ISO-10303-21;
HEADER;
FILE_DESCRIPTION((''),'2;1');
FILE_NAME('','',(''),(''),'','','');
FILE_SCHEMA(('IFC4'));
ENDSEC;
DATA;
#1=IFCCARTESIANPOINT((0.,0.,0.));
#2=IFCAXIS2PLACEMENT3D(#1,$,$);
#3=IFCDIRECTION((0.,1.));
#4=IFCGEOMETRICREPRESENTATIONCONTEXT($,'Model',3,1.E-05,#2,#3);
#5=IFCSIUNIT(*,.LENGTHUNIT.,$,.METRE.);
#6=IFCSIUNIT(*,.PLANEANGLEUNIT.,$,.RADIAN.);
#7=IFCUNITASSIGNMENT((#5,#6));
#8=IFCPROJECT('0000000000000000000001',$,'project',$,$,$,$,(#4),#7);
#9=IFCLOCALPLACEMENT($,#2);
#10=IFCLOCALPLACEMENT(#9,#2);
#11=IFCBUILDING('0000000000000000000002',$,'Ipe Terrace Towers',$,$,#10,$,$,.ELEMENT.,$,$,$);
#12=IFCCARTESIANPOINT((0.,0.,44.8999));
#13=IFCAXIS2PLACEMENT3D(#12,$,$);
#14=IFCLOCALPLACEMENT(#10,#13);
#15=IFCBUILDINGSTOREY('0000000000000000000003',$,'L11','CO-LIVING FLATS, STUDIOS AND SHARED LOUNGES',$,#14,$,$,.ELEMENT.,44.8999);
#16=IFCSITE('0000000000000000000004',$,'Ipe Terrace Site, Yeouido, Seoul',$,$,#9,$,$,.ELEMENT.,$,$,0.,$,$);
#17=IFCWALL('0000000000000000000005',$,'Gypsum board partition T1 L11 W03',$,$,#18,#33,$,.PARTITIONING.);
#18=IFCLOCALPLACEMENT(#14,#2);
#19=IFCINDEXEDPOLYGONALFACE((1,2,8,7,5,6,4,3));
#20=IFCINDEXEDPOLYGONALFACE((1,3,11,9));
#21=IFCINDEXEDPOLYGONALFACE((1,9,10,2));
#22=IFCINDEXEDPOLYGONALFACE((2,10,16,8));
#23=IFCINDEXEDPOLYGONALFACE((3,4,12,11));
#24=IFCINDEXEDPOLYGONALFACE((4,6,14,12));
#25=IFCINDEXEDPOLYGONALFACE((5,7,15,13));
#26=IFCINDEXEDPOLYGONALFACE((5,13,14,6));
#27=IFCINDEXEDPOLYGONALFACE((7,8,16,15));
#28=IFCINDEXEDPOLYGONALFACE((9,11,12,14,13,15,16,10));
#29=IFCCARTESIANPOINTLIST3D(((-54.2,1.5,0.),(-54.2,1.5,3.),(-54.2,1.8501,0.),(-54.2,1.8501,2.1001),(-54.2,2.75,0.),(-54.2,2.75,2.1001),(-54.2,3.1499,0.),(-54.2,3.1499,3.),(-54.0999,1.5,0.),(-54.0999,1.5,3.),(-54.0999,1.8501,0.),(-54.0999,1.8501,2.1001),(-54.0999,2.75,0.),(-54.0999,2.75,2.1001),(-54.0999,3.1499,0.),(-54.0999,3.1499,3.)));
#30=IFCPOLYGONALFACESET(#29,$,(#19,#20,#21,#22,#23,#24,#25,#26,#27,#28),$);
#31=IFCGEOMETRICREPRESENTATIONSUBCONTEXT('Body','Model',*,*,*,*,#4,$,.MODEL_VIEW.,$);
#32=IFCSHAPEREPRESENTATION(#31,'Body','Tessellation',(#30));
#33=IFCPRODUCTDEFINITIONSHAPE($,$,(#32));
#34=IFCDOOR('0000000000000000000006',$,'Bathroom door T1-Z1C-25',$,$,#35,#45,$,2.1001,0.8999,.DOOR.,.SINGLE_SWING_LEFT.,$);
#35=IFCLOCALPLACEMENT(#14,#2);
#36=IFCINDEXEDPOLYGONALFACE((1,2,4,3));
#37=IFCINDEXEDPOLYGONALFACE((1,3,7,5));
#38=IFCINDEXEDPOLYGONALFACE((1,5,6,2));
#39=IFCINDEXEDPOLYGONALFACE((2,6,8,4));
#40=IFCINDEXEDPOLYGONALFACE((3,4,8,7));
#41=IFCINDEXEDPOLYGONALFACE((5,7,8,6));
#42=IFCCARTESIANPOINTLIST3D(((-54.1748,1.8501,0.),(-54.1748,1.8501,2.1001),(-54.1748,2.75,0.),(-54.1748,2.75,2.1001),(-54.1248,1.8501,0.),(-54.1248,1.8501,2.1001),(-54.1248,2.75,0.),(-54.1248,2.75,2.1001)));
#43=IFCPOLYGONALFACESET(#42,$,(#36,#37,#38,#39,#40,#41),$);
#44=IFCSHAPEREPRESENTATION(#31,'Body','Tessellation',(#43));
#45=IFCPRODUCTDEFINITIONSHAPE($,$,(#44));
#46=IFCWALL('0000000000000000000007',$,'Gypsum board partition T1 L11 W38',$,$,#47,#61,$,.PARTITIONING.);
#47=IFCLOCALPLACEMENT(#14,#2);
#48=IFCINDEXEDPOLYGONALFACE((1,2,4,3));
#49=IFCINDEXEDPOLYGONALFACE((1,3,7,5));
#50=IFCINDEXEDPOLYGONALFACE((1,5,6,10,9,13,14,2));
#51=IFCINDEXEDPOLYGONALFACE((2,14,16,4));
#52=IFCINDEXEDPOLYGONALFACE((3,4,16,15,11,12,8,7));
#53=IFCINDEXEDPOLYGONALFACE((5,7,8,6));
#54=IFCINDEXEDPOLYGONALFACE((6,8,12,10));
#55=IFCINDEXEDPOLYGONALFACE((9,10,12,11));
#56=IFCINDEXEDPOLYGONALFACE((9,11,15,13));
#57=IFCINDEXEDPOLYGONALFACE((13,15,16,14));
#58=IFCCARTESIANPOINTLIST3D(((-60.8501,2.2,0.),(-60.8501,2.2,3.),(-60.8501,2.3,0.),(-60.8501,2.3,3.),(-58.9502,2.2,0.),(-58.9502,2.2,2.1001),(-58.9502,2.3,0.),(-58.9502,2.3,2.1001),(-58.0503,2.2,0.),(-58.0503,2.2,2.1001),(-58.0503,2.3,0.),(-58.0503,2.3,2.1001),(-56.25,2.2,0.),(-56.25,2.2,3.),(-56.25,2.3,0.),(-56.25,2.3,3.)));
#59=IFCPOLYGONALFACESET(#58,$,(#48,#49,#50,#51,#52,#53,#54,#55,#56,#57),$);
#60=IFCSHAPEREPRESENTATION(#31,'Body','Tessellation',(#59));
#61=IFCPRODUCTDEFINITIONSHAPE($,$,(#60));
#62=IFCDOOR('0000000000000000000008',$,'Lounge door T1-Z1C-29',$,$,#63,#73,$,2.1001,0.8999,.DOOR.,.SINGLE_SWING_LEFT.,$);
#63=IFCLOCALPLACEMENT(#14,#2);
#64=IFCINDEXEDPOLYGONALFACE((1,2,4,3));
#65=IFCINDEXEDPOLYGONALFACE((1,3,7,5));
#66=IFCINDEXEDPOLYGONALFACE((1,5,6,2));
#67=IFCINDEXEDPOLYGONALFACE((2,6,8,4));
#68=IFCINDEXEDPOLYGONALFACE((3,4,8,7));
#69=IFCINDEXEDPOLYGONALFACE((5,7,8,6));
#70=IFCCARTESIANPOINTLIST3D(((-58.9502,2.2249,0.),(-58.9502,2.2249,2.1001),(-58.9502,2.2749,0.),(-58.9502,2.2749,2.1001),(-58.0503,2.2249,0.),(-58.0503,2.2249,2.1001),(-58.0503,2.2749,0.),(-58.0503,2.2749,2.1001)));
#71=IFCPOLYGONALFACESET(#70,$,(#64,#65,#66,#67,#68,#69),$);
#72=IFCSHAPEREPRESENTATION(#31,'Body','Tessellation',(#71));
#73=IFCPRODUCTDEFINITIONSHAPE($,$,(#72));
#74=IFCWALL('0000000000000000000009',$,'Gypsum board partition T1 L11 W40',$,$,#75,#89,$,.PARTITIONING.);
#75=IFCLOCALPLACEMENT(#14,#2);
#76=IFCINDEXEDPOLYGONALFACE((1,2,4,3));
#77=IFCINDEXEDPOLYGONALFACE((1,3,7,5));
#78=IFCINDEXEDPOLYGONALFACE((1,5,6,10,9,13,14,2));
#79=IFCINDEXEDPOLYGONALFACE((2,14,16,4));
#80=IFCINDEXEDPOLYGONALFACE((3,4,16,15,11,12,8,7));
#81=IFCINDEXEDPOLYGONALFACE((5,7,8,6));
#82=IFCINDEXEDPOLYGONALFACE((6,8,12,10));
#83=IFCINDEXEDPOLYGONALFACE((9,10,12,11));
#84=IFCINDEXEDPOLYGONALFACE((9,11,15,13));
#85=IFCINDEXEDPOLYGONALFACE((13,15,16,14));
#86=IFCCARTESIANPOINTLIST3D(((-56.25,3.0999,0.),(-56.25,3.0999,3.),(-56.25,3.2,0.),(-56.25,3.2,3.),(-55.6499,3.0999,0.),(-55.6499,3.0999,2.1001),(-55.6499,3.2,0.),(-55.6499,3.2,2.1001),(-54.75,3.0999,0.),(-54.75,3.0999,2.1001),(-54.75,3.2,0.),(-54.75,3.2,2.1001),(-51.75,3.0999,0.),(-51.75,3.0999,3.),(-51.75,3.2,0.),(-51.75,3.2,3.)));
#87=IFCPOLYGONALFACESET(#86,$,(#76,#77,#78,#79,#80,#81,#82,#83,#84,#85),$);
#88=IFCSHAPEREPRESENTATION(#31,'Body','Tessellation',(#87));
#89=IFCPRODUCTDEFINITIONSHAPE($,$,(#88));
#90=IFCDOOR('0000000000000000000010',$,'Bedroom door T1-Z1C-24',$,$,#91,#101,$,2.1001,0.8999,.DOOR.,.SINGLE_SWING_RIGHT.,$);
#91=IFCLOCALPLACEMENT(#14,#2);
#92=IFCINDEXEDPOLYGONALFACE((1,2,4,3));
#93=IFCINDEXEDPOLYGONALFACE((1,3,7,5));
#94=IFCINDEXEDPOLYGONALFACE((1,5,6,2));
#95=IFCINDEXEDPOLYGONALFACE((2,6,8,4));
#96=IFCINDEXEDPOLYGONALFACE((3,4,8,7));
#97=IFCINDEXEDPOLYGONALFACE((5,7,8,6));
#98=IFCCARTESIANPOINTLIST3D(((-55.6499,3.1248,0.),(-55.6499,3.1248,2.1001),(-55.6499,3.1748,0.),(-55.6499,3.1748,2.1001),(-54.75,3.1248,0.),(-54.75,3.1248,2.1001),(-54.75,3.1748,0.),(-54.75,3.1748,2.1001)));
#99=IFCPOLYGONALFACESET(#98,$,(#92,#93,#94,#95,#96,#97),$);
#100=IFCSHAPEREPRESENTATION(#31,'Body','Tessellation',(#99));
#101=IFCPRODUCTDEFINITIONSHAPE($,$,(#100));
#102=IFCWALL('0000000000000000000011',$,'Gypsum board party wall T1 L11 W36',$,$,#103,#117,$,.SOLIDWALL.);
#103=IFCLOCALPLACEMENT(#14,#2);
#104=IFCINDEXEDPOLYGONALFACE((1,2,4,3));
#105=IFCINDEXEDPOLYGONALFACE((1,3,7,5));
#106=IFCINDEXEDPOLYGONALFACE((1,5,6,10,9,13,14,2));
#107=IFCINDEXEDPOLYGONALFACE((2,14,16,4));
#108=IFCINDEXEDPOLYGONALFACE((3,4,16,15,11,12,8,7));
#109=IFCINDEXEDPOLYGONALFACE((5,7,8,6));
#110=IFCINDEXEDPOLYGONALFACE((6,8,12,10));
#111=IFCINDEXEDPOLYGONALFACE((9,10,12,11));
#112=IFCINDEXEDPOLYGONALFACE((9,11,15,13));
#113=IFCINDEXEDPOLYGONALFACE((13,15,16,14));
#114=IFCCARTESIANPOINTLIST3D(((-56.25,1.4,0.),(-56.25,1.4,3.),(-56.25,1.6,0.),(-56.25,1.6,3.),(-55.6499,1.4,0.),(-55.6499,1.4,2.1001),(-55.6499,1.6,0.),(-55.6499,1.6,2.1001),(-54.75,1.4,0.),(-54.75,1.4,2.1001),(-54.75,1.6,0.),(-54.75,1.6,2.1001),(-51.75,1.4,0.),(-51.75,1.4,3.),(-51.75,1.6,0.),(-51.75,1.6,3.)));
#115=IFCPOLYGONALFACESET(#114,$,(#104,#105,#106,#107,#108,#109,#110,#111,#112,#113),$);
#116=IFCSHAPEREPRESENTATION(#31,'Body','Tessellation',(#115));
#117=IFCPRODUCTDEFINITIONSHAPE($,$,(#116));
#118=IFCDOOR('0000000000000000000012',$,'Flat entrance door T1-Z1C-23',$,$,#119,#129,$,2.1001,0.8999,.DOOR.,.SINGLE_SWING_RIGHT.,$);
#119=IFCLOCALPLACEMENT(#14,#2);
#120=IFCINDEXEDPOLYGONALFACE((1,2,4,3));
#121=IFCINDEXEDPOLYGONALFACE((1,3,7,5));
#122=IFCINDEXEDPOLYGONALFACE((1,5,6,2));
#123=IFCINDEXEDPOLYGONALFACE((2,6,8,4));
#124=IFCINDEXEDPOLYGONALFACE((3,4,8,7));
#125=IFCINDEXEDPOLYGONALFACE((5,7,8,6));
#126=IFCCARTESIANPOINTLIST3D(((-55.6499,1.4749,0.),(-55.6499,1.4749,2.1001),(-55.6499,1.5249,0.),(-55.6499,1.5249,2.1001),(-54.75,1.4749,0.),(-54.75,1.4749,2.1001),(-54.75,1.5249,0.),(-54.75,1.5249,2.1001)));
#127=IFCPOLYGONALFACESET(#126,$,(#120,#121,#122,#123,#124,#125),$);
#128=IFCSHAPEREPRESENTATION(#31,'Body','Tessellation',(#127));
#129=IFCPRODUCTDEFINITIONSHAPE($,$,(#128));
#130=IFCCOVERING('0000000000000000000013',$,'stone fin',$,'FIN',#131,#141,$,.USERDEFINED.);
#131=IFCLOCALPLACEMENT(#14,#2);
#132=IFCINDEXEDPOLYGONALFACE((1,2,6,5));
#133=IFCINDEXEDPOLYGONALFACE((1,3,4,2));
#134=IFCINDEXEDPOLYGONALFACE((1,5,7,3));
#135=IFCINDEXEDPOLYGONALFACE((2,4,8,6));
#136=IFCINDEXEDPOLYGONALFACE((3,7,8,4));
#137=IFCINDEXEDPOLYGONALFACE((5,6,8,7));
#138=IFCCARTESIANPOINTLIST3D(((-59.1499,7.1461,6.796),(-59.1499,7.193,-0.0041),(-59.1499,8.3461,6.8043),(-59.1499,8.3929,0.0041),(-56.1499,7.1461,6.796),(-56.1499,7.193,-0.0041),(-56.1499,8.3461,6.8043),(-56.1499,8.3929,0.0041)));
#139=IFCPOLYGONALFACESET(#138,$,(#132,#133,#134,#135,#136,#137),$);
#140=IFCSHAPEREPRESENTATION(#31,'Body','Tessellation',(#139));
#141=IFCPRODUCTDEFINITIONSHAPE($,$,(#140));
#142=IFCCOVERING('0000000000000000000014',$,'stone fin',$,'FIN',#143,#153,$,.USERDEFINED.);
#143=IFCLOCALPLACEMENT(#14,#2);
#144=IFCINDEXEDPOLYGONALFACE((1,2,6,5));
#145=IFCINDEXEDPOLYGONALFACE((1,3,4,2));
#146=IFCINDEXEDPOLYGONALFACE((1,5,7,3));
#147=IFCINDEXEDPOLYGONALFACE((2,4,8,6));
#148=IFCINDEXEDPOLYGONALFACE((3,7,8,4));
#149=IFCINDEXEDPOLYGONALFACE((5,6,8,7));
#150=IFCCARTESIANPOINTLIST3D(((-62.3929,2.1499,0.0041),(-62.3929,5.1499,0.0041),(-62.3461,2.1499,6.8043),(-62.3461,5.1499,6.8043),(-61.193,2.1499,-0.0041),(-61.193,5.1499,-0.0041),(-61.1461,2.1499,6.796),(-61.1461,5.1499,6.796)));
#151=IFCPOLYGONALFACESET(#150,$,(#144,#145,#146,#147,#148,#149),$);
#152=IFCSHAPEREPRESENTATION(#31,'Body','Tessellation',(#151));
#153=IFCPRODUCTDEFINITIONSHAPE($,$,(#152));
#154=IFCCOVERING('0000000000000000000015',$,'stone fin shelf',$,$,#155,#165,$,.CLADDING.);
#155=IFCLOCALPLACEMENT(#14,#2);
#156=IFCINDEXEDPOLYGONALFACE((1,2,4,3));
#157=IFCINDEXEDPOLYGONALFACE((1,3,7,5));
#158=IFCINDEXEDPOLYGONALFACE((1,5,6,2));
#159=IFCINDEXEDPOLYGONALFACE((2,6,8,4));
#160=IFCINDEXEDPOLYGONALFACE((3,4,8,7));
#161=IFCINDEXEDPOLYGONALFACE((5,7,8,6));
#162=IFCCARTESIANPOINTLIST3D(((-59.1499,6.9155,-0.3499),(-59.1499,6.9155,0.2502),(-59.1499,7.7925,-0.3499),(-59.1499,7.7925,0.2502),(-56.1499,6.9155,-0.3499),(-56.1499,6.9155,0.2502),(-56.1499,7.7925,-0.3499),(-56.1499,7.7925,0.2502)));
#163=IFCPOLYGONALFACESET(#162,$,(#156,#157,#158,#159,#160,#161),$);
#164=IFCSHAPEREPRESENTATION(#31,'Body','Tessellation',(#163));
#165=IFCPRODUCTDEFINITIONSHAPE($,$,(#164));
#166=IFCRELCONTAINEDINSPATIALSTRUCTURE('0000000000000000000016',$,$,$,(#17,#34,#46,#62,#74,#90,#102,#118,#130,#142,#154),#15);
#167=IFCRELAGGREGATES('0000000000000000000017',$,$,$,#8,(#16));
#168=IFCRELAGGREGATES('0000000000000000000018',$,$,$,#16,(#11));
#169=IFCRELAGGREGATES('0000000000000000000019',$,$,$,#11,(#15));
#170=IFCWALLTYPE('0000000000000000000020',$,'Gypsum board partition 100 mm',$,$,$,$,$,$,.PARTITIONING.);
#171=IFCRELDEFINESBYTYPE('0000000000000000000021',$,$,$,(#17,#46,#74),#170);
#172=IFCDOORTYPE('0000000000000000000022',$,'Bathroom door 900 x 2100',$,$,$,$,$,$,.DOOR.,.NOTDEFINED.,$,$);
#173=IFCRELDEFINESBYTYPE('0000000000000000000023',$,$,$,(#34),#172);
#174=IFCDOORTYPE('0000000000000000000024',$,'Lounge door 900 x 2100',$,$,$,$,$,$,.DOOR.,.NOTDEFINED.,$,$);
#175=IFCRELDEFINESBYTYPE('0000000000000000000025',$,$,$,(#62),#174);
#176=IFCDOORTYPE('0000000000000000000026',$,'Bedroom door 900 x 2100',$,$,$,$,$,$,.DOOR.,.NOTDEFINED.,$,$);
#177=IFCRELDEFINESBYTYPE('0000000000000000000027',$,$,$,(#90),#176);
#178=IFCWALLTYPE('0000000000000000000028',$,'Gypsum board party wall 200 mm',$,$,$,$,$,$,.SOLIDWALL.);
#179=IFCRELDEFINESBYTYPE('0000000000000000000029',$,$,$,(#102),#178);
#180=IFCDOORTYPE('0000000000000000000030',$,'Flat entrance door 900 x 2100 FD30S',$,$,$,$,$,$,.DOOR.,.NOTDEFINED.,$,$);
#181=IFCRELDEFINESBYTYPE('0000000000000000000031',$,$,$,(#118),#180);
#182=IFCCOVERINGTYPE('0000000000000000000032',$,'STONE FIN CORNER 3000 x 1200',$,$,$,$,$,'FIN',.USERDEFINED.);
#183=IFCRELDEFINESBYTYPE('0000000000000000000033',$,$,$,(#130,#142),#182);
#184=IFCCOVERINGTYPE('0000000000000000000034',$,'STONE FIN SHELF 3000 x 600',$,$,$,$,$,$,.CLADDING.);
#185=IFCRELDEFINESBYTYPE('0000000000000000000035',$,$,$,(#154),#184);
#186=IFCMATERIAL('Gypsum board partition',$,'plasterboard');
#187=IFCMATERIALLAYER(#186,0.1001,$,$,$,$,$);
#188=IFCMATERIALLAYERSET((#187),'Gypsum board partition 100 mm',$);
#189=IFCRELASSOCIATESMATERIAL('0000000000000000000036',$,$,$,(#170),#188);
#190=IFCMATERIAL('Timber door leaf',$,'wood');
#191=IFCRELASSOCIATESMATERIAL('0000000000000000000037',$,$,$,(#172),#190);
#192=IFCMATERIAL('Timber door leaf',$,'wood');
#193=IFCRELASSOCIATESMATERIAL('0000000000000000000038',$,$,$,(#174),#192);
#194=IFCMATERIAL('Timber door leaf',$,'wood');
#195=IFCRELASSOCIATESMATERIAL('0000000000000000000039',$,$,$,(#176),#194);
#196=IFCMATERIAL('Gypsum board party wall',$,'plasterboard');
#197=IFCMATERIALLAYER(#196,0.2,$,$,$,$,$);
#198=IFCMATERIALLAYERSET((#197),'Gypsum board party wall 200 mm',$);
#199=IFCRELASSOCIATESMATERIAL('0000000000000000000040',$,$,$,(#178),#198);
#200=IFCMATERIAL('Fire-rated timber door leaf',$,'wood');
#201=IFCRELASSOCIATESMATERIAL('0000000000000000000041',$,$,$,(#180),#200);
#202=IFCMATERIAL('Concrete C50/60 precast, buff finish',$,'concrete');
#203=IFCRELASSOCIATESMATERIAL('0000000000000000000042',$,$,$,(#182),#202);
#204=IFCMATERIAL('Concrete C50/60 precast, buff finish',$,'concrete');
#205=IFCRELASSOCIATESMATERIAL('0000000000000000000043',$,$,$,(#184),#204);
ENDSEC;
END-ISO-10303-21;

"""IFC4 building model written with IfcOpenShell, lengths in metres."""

from ifc_helpers import new_model, si_unit, direction, frame, frame_2d, origin, origin_2d, place, context, subcontext, project, spatial, rectangle, extrude, material, layer, layer_set, material_profile, profile_set, type_object, element, fill, save


model = new_model("IFC4")

# Units and contexts
model_context = context("Model", 3, precision=1e-05, world=origin(), true_north=direction((0.0, 1.0)))
body_context = subcontext(model_context, "Body", "Model", "MODEL_VIEW")
ifc_project = project(units=[si_unit("LENGTHUNIT", "METRE"), si_unit("PLANEANGLEUNIT", "RADIAN")], contexts=[model_context])

# Site, building, storey
site_placement = place(None, origin())
site = spatial("IfcSite", under=ifc_project, at=site_placement, Name="Ipe Terrace Site, Yeouido, Seoul", CompositionType="ELEMENT", RefElevation=0.0)
building_placement = place(site_placement, origin())
building = spatial("IfcBuilding", under=site, at=building_placement, Name="Ipe Terrace Towers", CompositionType="ELEMENT")
storey_placement = place(building_placement, frame((0.0, 0.0, 44.8999)))
storey = spatial("IfcBuildingStorey", under=building, at=storey_placement, Name="L11", Description="CO-LIVING FLATS, STUDIOS AND SHARED LOUNGES", CompositionType="ELEMENT", Elevation=44.8999)

# Walls, openings, doors
ifc_material_1 = material(Name="Gypsum board partition", Category="plasterboard")
ifc_layer_1 = layer(ifc_material_1, 0.1001)
ifc_layer_set_1 = layer_set([ifc_layer_1], Name="Gypsum board partition 100 mm")
wall_type_1 = type_object("IfcWallType", Name="Gypsum board partition 100 mm", PredefinedType="PARTITIONING", material=ifc_layer_set_1)
wall_1_placement = place(storey_placement, frame((-54.1499, 1.5, 0.0), z_axis=(0.0, 0.0, 1.0), x_axis=(0.0, 1.0, 0.0)))
wall_1 = element("IfcWall", 1, at=wall_1_placement, inside=storey, type_object=wall_type_1, Name="Gypsum board partition T1 L11 W03", PredefinedType="PARTITIONING", context=body_context, shape_type="SweptSolid", body=[
    extrude(rectangle(XDim=1.6499, YDim=0.1001, at=frame_2d((0.825, 0.0))), origin(), (0.0, 0.0, 1.0), 3.0),
])
opening_1_placement = place(wall_1_placement, frame((0.3501, 0.0, 0.0)))
opening_1 = element("IfcOpeningElement", 2, at=opening_1_placement, cuts=wall_1, PredefinedType="OPENING", context=body_context, shape_type="SweptSolid", body=[
    extrude(rectangle(XDim=0.8999, YDim=2.1001, at=frame_2d((0.45, 1.05))), frame((0.0, 0.0601, 0.0), z_axis=(0.0, -1.0, 0.0), x_axis=(1.0, 0.0, 0.0)), (0.0, 0.0, 1.0), 0.1201),
])
ifc_material_2 = material(Name="Timber door leaf", Category="wood")
door_type_1 = type_object("IfcDoorType", Name="Bathroom door 900 x 2100", OperationType="NOTDEFINED", PredefinedType="DOOR", material=ifc_material_2)
door_1_placement = place(opening_1_placement, origin())
door_1 = element("IfcDoor", 3, at=door_1_placement, inside=storey, type_object=door_type_1, Name="Bathroom door T1-Z1C-25", OperationType="SINGLE_SWING_LEFT", OverallHeight=2.1001, OverallWidth=0.8999, PredefinedType="DOOR", context=body_context, shape_type="SweptSolid", body=[
    extrude(rectangle(XDim=0.8999, YDim=2.1001, at=frame_2d((0.45, 1.05))), frame((0.0, 0.0249, 0.0), z_axis=(0.0, -1.0, 0.0), x_axis=(1.0, 0.0, 0.0)), (0.0, 0.0, 1.0), 0.05),
])
fill(opening_1, door_1)
wall_2_placement = place(storey_placement, frame((-60.8501, 2.25, 0.0), z_axis=(0.0, 0.0, 1.0), x_axis=(1.0, 0.0, 0.0)))
wall_2 = element("IfcWall", 4, at=wall_2_placement, inside=storey, type_object=wall_type_1, Name="Gypsum board partition T1 L11 W38", PredefinedType="PARTITIONING", context=body_context, shape_type="SweptSolid", body=[
    extrude(rectangle(XDim=4.6001, YDim=0.1001, at=frame_2d((2.3, 0.0))), origin(), (0.0, 0.0, 1.0), 3.0),
])
opening_2_placement = place(wall_2_placement, frame((1.8999, 0.0, 0.0)))
opening_2 = element("IfcOpeningElement", 5, at=opening_2_placement, cuts=wall_2, PredefinedType="OPENING", context=body_context, shape_type="SweptSolid", body=[
    extrude(rectangle(XDim=0.8999, YDim=2.1001, at=frame_2d((0.45, 1.05))), frame((0.0, 0.0601, 0.0), z_axis=(0.0, -1.0, 0.0), x_axis=(1.0, 0.0, 0.0)), (0.0, 0.0, 1.0), 0.1201),
])
ifc_material_3 = material(Name="Timber door leaf", Category="wood")
door_type_2 = type_object("IfcDoorType", Name="Lounge door 900 x 2100", OperationType="NOTDEFINED", PredefinedType="DOOR", material=ifc_material_3)
door_2_placement = place(opening_2_placement, origin())
door_2 = element("IfcDoor", 6, at=door_2_placement, inside=storey, type_object=door_type_2, Name="Lounge door T1-Z1C-29", OperationType="SINGLE_SWING_LEFT", OverallHeight=2.1001, OverallWidth=0.8999, PredefinedType="DOOR", context=body_context, shape_type="SweptSolid", body=[
    extrude(rectangle(XDim=0.8999, YDim=2.1001, at=frame_2d((0.45, 1.05))), frame((0.0, 0.0249, 0.0), z_axis=(0.0, -1.0, 0.0), x_axis=(1.0, 0.0, 0.0)), (0.0, 0.0, 1.0), 0.05),
])
fill(opening_2, door_2)
wall_3_placement = place(storey_placement, frame((-56.25, 3.1499, 0.0), z_axis=(0.0, 0.0, 1.0), x_axis=(1.0, 0.0, 0.0)))
wall_3 = element("IfcWall", 7, at=wall_3_placement, inside=storey, type_object=wall_type_1, Name="Gypsum board partition T1 L11 W40", PredefinedType="PARTITIONING", context=body_context, shape_type="SweptSolid", body=[
    extrude(rectangle(XDim=4.5, YDim=0.1001, at=frame_2d((2.25, 0.0))), origin(), (0.0, 0.0, 1.0), 3.0),
])
opening_3_placement = place(wall_3_placement, frame((0.6001, 0.0, 0.0)))
opening_3 = element("IfcOpeningElement", 8, at=opening_3_placement, cuts=wall_3, PredefinedType="OPENING", context=body_context, shape_type="SweptSolid", body=[
    extrude(rectangle(XDim=0.8999, YDim=2.1001, at=frame_2d((0.45, 1.05))), frame((0.0, 0.0601, 0.0), z_axis=(0.0, -1.0, 0.0), x_axis=(1.0, 0.0, 0.0)), (0.0, 0.0, 1.0), 0.1201),
])
ifc_material_4 = material(Name="Timber door leaf", Category="wood")
door_type_3 = type_object("IfcDoorType", Name="Bedroom door 900 x 2100", OperationType="NOTDEFINED", PredefinedType="DOOR", material=ifc_material_4)
door_3_placement = place(opening_3_placement, origin())
door_3 = element("IfcDoor", 9, at=door_3_placement, inside=storey, type_object=door_type_3, Name="Bedroom door T1-Z1C-24", OperationType="SINGLE_SWING_RIGHT", OverallHeight=2.1001, OverallWidth=0.8999, PredefinedType="DOOR", context=body_context, shape_type="SweptSolid", body=[
    extrude(rectangle(XDim=0.8999, YDim=2.1001, at=frame_2d((0.45, 1.05))), frame((0.0, 0.0249, 0.0), z_axis=(0.0, -1.0, 0.0), x_axis=(1.0, 0.0, 0.0)), (0.0, 0.0, 1.0), 0.05),
])
fill(opening_3, door_3)
ifc_material_5 = material(Name="Gypsum board party wall", Category="plasterboard")
ifc_layer_2 = layer(ifc_material_5, 0.2)
ifc_layer_set_2 = layer_set([ifc_layer_2], Name="Gypsum board party wall 200 mm")
wall_type_2 = type_object("IfcWallType", Name="Gypsum board party wall 200 mm", PredefinedType="SOLIDWALL", material=ifc_layer_set_2)
wall_4_placement = place(storey_placement, frame((-56.25, 1.5, 0.0), z_axis=(0.0, 0.0, 1.0), x_axis=(1.0, 0.0, 0.0)))
wall_4 = element("IfcWall", 10, at=wall_4_placement, inside=storey, type_object=wall_type_2, Name="Gypsum board party wall T1 L11 W36", PredefinedType="SOLIDWALL", context=body_context, shape_type="SweptSolid", body=[
    extrude(rectangle(XDim=4.5, YDim=0.2, at=frame_2d((2.25, 0.0))), origin(), (0.0, 0.0, 1.0), 3.0),
])
opening_4_placement = place(wall_4_placement, frame((0.6001, 0.0, 0.0)))
opening_4 = element("IfcOpeningElement", 11, at=opening_4_placement, cuts=wall_4, PredefinedType="OPENING", context=body_context, shape_type="SweptSolid", body=[
    extrude(rectangle(XDim=0.8999, YDim=2.1001, at=frame_2d((0.45, 1.05))), frame((0.0, 0.1099, 0.0), z_axis=(0.0, -1.0, 0.0), x_axis=(1.0, 0.0, 0.0)), (0.0, 0.0, 1.0), 0.22),
])
ifc_material_6 = material(Name="Fire-rated timber door leaf", Category="wood")
door_type_4 = type_object("IfcDoorType", Name="Flat entrance door 900 x 2100 FD30S", OperationType="NOTDEFINED", PredefinedType="DOOR", material=ifc_material_6)
door_4_placement = place(opening_4_placement, origin())
door_4 = element("IfcDoor", 12, at=door_4_placement, inside=storey, type_object=door_type_4, Name="Flat entrance door T1-Z1C-23", OperationType="SINGLE_SWING_RIGHT", OverallHeight=2.1001, OverallWidth=0.8999, PredefinedType="DOOR", context=body_context, shape_type="SweptSolid", body=[
    extrude(rectangle(XDim=0.8999, YDim=2.1001, at=frame_2d((0.45, 1.05))), frame((0.0, 0.0249, 0.0), z_axis=(0.0, -1.0, 0.0), x_axis=(1.0, 0.0, 0.0)), (0.0, 0.0, 1.0), 0.05),
])
fill(opening_4, door_4)

# Coverings
ifc_material_7 = material(Name="Concrete C50/60 precast, buff finish", Category="concrete")
ifc_material_profile_1 = material_profile(ifc_material_7, rectangle(XDim=3.0, YDim=1.2, at=origin_2d()), Name="STONE FIN CORNER 3000 x 1200")
ifc_profile_set_1 = profile_set([ifc_material_profile_1], Name="Concrete C50/60 precast, buff finish")
covering_type_1 = type_object("IfcCoveringType", Name="STONE FIN CORNER 3000 x 1200", ElementType="FIN", PredefinedType="USERDEFINED", material=ifc_profile_set_1)
for number, where, z_axis, x_axis, name in (
    (13, (-57.6499, 7.793, 0.0), (0.0, -0.006893, 0.999976), (-1.0, 0.0, 0.0), "stone fin"),
    (14, (-61.793, 3.6499, 0.0), (0.006893, 0.0, 0.999976), (0.0, -1.0, 0.0), "stone fin"),
):
    element("IfcCovering", number, at=place(storey_placement, frame(where, z_axis=z_axis, x_axis=x_axis)), inside=storey, type_object=covering_type_1, Name=name, ObjectType="FIN", PredefinedType="USERDEFINED", context=body_context, shape_type="SweptSolid", body=[
        extrude(rectangle(XDim=3.0, YDim=1.2, at=origin_2d()), origin(), (0.0, 0.0, 1.0), 6.8003),
    ])
ifc_material_8 = material(Name="Concrete C50/60 precast, buff finish", Category="concrete")
covering_type_2 = type_object("IfcCoveringType", Name="STONE FIN SHELF 3000 x 600", PredefinedType="CLADDING", material=ifc_material_8)
for number, where, z_axis, x_axis, name in (
    (15, (-57.6499, 7.354, -0.3499), (0.0, 0.0, 1.0), (-1.0, 0.0, 0.0), "stone fin shelf"),
):
    element("IfcCovering", number, at=place(storey_placement, frame(where, z_axis=z_axis, x_axis=x_axis)), inside=storey, type_object=covering_type_2, Name=name, PredefinedType="CLADDING", context=body_context, shape_type="SweptSolid", body=[
        extrude(rectangle(XDim=3.0, YDim=0.877, at=origin_2d()), origin(), (0.0, 0.0, 1.0), 0.6001),
    ])

save(model, "model.ifc")
